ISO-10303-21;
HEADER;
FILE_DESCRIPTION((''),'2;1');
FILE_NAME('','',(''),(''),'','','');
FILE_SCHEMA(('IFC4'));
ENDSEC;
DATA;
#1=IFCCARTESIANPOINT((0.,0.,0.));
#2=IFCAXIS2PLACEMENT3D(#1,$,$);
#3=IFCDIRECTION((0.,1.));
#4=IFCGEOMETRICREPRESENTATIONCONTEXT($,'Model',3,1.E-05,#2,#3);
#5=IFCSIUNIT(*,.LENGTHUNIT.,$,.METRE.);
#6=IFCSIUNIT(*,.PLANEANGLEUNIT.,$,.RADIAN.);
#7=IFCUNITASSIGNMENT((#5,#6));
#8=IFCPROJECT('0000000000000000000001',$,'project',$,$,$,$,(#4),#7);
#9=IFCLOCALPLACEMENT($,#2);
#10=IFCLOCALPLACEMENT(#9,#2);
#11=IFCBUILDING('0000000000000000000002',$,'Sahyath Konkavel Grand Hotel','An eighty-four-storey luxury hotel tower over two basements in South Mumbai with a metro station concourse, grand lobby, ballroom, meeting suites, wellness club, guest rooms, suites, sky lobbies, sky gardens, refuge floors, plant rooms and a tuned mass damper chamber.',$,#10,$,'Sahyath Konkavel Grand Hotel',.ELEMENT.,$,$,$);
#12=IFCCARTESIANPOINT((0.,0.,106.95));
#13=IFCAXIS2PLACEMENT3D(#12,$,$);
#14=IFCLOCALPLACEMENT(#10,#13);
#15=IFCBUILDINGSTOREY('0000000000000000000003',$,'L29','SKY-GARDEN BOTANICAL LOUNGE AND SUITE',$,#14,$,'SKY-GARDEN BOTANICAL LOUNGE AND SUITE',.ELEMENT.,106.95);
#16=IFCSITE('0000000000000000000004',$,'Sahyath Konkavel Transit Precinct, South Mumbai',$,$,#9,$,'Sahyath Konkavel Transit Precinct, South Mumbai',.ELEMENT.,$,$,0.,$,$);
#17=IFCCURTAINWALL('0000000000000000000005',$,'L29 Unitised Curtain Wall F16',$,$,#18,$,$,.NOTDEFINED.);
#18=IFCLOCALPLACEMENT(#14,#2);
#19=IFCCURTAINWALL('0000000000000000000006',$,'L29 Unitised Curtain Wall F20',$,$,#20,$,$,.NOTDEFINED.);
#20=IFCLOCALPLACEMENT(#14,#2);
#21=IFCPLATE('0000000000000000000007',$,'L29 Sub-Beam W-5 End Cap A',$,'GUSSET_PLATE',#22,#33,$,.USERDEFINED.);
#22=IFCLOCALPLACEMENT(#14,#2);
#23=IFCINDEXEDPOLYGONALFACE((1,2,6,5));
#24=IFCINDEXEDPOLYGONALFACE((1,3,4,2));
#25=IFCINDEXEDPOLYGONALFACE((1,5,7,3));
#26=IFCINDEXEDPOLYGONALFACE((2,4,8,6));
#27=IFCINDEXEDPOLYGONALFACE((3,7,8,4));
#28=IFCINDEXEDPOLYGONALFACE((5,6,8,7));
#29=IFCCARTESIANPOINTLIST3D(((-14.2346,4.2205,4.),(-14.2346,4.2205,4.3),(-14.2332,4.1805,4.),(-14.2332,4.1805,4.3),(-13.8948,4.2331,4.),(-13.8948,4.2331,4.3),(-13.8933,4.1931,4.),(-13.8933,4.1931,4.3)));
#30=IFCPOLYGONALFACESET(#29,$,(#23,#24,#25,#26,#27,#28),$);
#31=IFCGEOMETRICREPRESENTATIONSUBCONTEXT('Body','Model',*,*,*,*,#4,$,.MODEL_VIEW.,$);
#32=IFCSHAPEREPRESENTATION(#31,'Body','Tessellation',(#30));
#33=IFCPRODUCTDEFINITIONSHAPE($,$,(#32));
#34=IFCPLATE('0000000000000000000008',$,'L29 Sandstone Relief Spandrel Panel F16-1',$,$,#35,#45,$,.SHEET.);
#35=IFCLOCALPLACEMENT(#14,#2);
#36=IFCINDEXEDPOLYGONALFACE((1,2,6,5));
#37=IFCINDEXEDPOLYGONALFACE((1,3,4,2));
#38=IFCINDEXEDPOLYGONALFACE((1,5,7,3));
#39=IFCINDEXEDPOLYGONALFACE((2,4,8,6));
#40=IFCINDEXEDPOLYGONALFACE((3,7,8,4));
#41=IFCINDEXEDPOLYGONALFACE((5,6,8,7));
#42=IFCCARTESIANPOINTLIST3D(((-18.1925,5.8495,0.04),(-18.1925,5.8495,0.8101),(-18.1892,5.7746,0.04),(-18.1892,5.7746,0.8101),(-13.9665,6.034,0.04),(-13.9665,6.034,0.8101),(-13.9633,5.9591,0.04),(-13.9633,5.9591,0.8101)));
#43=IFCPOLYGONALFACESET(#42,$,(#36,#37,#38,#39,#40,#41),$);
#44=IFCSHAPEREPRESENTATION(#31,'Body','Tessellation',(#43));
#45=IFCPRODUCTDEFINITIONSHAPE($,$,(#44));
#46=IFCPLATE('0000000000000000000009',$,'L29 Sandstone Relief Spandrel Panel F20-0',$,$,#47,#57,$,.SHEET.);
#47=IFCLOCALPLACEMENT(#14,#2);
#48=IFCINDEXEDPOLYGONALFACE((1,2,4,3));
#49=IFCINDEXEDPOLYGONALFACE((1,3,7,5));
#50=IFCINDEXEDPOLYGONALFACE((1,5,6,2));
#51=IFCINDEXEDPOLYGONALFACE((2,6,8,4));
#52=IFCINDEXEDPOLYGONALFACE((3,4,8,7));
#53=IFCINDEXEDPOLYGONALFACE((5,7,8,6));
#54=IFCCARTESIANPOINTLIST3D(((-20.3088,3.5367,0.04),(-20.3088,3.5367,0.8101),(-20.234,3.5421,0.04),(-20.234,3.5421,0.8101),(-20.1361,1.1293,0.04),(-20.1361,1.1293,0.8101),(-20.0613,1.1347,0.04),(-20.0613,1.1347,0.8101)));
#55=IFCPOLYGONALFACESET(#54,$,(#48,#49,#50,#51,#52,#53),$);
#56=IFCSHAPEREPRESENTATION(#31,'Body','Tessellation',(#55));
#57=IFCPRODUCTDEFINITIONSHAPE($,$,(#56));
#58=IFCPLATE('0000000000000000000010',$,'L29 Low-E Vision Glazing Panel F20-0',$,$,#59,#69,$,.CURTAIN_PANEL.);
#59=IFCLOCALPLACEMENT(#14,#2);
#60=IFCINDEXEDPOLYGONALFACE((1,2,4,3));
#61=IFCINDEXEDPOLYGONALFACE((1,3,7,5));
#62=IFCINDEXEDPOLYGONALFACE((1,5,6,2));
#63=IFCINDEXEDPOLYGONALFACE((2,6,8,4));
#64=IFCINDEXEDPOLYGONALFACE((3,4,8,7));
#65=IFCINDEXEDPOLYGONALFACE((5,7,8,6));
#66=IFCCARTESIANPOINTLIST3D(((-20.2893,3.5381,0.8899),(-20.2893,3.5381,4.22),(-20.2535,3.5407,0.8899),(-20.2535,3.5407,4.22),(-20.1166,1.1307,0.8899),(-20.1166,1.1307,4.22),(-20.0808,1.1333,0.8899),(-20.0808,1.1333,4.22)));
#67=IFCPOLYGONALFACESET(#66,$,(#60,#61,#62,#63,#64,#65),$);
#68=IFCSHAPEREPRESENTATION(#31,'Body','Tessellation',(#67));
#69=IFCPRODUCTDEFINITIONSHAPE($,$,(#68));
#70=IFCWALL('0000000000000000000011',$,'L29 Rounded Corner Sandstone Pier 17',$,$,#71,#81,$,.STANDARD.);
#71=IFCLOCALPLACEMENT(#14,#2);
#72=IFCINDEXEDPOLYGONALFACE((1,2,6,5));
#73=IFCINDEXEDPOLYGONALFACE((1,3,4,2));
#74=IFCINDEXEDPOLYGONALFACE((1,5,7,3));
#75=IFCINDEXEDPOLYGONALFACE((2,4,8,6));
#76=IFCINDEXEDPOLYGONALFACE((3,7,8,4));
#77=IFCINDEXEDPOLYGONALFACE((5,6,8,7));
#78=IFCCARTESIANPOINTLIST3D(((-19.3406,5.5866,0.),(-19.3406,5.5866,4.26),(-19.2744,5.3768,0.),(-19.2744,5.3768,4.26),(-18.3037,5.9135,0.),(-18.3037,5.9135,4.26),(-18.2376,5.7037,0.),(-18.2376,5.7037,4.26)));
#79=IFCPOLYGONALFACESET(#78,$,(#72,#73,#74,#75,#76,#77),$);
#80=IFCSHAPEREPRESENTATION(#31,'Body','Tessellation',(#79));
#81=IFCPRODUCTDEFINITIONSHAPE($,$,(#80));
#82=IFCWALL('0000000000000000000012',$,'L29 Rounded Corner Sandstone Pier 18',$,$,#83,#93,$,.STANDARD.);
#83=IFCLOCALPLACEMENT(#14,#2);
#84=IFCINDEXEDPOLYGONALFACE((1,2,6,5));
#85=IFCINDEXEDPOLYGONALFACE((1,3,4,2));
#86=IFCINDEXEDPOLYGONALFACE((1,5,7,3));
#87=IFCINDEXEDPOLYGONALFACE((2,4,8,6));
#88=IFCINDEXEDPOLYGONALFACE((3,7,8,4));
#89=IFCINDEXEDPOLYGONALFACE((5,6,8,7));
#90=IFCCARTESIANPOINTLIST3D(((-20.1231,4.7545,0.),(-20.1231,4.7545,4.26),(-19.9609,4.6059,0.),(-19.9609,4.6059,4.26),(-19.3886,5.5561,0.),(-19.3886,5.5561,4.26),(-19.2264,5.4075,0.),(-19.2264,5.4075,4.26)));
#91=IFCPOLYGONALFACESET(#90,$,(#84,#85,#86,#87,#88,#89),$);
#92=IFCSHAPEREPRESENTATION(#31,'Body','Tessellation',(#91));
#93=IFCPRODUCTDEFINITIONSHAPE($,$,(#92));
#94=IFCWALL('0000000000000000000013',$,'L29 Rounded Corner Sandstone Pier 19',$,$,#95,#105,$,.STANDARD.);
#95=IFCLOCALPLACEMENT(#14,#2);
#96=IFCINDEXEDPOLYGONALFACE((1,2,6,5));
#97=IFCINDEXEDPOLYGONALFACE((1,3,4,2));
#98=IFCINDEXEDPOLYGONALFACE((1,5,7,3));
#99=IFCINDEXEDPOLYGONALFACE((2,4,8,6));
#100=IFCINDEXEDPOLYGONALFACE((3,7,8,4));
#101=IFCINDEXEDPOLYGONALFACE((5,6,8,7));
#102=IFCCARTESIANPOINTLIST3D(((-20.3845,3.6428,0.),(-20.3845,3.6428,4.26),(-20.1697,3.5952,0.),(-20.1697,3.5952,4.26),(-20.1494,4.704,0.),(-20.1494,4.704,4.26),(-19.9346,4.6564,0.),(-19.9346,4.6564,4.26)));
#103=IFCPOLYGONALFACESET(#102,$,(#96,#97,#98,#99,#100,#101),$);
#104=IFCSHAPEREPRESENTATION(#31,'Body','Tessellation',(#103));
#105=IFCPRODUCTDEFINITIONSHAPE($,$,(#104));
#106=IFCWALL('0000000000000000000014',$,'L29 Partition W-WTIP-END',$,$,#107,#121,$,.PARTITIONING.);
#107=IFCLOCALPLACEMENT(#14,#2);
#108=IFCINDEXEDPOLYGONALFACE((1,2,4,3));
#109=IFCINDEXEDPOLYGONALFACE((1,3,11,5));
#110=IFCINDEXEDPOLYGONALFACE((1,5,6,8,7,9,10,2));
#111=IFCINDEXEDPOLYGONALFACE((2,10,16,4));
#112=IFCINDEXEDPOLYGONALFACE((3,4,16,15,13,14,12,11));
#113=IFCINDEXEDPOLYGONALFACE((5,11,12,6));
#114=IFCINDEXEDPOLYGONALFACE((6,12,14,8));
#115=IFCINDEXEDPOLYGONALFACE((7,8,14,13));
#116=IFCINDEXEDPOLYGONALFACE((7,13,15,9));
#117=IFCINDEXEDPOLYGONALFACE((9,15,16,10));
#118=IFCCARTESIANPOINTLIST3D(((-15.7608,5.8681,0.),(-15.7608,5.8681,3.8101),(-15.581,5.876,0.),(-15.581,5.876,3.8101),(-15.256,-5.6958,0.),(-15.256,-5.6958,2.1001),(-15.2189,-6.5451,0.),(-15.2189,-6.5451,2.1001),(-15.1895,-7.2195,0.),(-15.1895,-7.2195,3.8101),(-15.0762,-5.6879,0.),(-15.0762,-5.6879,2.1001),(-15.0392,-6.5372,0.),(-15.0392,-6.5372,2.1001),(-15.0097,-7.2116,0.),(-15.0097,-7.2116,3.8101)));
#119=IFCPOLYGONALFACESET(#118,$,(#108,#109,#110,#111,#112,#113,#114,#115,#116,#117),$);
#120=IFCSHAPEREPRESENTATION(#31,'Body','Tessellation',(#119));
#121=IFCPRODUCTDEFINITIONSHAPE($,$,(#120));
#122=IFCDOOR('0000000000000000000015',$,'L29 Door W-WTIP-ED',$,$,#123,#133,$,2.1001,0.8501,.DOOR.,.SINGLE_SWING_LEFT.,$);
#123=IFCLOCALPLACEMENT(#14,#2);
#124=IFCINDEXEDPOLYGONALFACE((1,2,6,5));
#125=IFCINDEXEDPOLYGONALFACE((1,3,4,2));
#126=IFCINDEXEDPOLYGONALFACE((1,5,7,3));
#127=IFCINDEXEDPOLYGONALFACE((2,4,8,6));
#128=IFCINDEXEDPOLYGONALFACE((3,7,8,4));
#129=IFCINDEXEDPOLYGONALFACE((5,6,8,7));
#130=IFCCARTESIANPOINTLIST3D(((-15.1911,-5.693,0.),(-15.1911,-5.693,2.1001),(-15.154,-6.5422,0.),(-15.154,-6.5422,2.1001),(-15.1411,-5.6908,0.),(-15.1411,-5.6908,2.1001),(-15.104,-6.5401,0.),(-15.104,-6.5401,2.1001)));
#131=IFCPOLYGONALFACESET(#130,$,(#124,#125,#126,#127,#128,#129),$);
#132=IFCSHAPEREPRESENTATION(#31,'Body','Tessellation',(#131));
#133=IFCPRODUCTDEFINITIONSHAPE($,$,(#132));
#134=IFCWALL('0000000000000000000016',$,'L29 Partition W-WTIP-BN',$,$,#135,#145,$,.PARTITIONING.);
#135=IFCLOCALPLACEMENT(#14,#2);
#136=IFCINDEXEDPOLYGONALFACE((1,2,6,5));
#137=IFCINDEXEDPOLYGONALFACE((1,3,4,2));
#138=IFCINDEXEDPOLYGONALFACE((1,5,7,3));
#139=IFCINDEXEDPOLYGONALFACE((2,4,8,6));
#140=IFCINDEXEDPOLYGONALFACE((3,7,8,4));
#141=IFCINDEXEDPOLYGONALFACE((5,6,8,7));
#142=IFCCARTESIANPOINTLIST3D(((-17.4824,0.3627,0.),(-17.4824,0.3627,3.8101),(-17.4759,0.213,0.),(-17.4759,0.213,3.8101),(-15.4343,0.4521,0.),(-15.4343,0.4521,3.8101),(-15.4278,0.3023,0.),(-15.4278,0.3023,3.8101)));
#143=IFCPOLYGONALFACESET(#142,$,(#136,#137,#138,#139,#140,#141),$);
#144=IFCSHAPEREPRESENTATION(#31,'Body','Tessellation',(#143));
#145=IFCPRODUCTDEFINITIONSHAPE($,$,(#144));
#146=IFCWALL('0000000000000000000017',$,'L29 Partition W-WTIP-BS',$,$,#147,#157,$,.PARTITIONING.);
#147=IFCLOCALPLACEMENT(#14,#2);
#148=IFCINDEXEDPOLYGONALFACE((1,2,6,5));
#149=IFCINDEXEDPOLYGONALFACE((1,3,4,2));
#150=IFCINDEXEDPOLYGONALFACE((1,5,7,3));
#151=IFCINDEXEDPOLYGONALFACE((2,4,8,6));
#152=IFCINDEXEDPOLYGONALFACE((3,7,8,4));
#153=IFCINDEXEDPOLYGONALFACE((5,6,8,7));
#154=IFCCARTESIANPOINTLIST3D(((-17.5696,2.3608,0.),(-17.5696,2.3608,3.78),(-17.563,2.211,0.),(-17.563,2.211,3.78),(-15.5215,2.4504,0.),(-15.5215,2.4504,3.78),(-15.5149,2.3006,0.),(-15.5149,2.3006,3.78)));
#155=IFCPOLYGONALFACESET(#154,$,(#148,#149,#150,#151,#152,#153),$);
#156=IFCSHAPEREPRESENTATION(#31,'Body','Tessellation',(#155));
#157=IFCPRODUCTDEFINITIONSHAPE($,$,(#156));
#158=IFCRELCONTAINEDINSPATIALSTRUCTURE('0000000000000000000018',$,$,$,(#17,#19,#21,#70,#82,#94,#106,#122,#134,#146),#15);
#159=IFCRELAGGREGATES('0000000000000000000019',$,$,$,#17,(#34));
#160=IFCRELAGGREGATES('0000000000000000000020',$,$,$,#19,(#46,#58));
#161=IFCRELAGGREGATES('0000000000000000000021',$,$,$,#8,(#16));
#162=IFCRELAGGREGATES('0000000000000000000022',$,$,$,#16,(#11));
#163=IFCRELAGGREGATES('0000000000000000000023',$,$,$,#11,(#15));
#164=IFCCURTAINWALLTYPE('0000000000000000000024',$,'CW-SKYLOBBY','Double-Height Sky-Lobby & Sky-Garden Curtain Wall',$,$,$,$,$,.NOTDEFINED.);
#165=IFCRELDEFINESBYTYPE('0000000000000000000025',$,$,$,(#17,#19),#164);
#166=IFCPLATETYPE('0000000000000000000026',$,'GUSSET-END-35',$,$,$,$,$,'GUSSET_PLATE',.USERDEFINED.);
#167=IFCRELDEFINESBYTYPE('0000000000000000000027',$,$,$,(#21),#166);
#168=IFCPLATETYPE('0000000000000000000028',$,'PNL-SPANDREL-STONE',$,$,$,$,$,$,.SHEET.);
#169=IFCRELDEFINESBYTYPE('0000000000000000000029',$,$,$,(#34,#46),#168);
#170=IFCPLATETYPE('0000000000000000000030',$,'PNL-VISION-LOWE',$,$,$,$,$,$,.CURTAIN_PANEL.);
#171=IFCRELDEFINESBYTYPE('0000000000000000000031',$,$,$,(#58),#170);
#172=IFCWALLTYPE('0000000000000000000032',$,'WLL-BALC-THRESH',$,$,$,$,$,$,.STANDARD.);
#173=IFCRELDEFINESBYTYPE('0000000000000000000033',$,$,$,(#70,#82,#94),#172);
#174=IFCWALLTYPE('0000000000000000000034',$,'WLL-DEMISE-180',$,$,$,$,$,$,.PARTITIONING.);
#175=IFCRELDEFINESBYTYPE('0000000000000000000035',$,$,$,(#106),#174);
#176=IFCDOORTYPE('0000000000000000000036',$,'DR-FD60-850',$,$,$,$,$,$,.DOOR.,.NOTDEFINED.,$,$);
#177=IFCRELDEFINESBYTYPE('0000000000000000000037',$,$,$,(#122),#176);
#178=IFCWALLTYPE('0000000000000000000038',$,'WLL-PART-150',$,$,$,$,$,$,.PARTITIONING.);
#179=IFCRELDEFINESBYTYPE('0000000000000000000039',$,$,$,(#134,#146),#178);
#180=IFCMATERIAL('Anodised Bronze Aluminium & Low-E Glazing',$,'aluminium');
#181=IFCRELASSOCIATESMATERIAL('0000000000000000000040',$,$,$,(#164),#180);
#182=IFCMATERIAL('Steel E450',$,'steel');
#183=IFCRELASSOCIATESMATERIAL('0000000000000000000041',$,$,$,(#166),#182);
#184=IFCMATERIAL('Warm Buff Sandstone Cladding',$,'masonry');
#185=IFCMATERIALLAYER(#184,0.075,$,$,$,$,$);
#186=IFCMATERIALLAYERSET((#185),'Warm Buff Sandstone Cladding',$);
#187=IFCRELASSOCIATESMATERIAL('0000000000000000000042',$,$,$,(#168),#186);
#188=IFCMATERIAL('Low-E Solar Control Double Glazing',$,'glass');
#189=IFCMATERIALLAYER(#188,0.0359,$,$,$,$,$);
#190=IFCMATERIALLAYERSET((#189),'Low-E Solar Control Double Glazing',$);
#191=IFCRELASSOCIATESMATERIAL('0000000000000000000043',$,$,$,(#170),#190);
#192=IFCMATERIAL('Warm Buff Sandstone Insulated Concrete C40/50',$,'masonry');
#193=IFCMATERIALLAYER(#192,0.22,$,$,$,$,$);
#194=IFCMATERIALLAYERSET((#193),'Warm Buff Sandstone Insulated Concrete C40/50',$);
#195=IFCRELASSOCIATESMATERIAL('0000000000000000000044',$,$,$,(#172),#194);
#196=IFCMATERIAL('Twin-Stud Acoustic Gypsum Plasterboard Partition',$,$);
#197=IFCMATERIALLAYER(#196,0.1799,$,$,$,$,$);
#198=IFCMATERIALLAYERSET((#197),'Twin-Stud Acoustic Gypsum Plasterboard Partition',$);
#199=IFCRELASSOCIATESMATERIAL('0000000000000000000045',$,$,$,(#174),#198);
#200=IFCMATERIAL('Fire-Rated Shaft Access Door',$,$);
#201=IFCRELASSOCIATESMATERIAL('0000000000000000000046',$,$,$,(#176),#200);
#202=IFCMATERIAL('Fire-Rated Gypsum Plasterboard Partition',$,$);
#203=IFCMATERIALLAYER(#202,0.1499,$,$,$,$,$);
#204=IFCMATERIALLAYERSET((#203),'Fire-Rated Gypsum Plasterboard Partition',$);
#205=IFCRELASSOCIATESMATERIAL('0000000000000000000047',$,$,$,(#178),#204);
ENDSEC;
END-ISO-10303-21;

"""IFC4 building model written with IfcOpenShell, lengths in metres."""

from ifc_helpers import new_model, si_unit, direction, frame, frame_2d, origin, origin_2d, place, context, subcontext, project, spatial, rectangle, extrude, source, transform, mapped, material, layer, layer_set, type_object, element, fill, aggregate, save


model = new_model("IFC4")

# Units and contexts
model_context = context("Model", 3, precision=1e-05, world=origin(), true_north=direction((0.0, 1.0)))
body_context = subcontext(model_context, "Body", "Model", "MODEL_VIEW")
ifc_project = project(units=[si_unit("LENGTHUNIT", "METRE"), si_unit("PLANEANGLEUNIT", "RADIAN")], contexts=[model_context])

# Site, building, storey
site_placement = place(None, origin())
site = spatial("IfcSite", under=ifc_project, at=site_placement, Name="Sahyath Konkavel Transit Precinct, South Mumbai", LongName="Sahyath Konkavel Transit Precinct, South Mumbai", CompositionType="ELEMENT", RefElevation=0.0)
building_placement = place(site_placement, origin())
building = spatial("IfcBuilding", under=site, at=building_placement, Name="Sahyath Konkavel Grand Hotel", Description="An eighty-four-storey luxury hotel tower over two basements in South Mumbai with a metro station concourse, grand lobby, ballroom, meeting suites, wellness club, guest rooms, suites, sky lobbies, sky gardens, refuge floors, plant rooms and a tuned mass damper chamber.", LongName="Sahyath Konkavel Grand Hotel", CompositionType="ELEMENT")
storey_placement = place(building_placement, frame((0.0, 0.0, 106.95)))
storey = spatial("IfcBuildingStorey", under=building, at=storey_placement, Name="L29", Description="SKY-GARDEN BOTANICAL LOUNGE AND SUITE", LongName="SKY-GARDEN BOTANICAL LOUNGE AND SUITE", CompositionType="ELEMENT", Elevation=106.95)

# Curtain wall
ifc_material_1 = material(Name="Anodised Bronze Aluminium & Low-E Glazing", Category="aluminium")
curtain_wall_type = type_object("IfcCurtainWallType", Name="CW-SKYLOBBY", Description="Double-Height Sky-Lobby & Sky-Garden Curtain Wall", PredefinedType="NOTDEFINED", material=ifc_material_1)
curtain_wall_1_placement = place(storey_placement, origin())
curtain_wall_1 = element("IfcCurtainWall", 1, at=curtain_wall_1_placement, inside=storey, type_object=curtain_wall_type, Name="L29 Unitised Curtain Wall F16", PredefinedType="NOTDEFINED")

# Curtain wall
curtain_wall_2_placement = place(storey_placement, origin())
curtain_wall_2 = element("IfcCurtainWall", 2, at=curtain_wall_2_placement, inside=storey, type_object=curtain_wall_type, Name="L29 Unitised Curtain Wall F20", PredefinedType="NOTDEFINED")

# Plates
ifc_material_2 = material(Name="Steel E450", Category="steel")
plate_type_1 = type_object("IfcPlateType", Name="GUSSET-END-35", ElementType="GUSSET_PLATE", PredefinedType="USERDEFINED", material=ifc_material_2)
shared_shape_1 = source(origin(), body_context, "Body", "SweptSolid", [
    extrude(rectangle(XDim=0.04, YDim=0.3401, at=origin_2d()), origin(), (0.0, 0.0, 1.0), 0.3),
])
plate_1_placement = place(storey_placement, frame((-14.064, 4.2068, 4.0), z_axis=(0.0, 0.0, 1.0), x_axis=(0.03701, -0.999315, 0.0)))
element("IfcPlate", 3, at=plate_1_placement, inside=storey, type_object=plate_type_1, Name="L29 Sub-Beam W-5 End Cap A", ObjectType="GUSSET_PLATE", PredefinedType="USERDEFINED", context=body_context, shape_type="MappedRepresentation", body=[
    mapped(shared_shape_1, transform((0.0, 0.0, 0.0), scale=1.0)),
])
ifc_material_3 = material(Name="Warm Buff Sandstone Cladding", Category="masonry")
ifc_layer_1 = layer(ifc_material_3, 0.075)
ifc_layer_set_1 = layer_set([ifc_layer_1], Name="Warm Buff Sandstone Cladding")
plate_type_2 = type_object("IfcPlateType", Name="PNL-SPANDREL-STONE", PredefinedType="SHEET", material=ifc_layer_set_1)
shared_shape_2 = source(origin(), body_context, "Body", "SweptSolid", [
    extrude(rectangle(XDim=4.23, YDim=0.075, at=origin_2d()), origin(), (0.0, 0.0, 1.0), 0.77),
])
plate_2_placement = place(storey_placement, frame((-16.0779, 5.9043, 0.04), z_axis=(0.0, 0.0, 1.0), x_axis=(-0.999049, -0.043602, 0.0)))
plate_2 = element("IfcPlate", 4, at=plate_2_placement, type_object=plate_type_2, Name="L29 Sandstone Relief Spandrel Panel F16-1", PredefinedType="SHEET", context=body_context, shape_type="MappedRepresentation", body=[
    mapped(shared_shape_2, transform((0.0, 0.0, 0.0), scale=1.0)),
])
aggregate(curtain_wall_1, [plate_2])
shared_shape_3 = source(origin(), body_context, "Body", "SweptSolid", [
    extrude(rectangle(XDim=2.4136, YDim=0.075, at=origin_2d()), origin(), (0.0, 0.0, 1.0), 0.77),
])
plate_3_placement = place(storey_placement, frame((-20.1851, 2.3357, 0.04), z_axis=(0.0, 0.0, 1.0), x_axis=(0.071567, -0.997436, 0.0)))
plate_3 = element("IfcPlate", 5, at=plate_3_placement, type_object=plate_type_2, Name="L29 Sandstone Relief Spandrel Panel F20-0", PredefinedType="SHEET", context=body_context, shape_type="MappedRepresentation", body=[
    mapped(shared_shape_3, transform((0.0, 0.0, 0.0), scale=1.0)),
])
ifc_material_4 = material(Name="Low-E Solar Control Double Glazing", Category="glass")
ifc_layer_2 = layer(ifc_material_4, 0.0359)
ifc_layer_set_2 = layer_set([ifc_layer_2], Name="Low-E Solar Control Double Glazing")
plate_type_3 = type_object("IfcPlateType", Name="PNL-VISION-LOWE", PredefinedType="CURTAIN_PANEL", material=ifc_layer_set_2)
shared_shape_4 = source(origin(), body_context, "Body", "SweptSolid", [
    extrude(rectangle(XDim=2.4136, YDim=0.0359, at=origin_2d()), origin(), (0.0, 0.0, 1.0), 3.3301),
])
plate_4_placement = place(storey_placement, frame((-20.1851, 2.3357, 0.8899), z_axis=(0.0, 0.0, 1.0), x_axis=(0.071567, -0.997436, 0.0)))
plate_4 = element("IfcPlate", 6, at=plate_4_placement, type_object=plate_type_3, Name="L29 Low-E Vision Glazing Panel F20-0", PredefinedType="CURTAIN_PANEL", context=body_context, shape_type="MappedRepresentation", body=[
    mapped(shared_shape_4, transform((0.0, 0.0, 0.0), scale=1.0)),
])
aggregate(curtain_wall_2, [plate_3, plate_4])

# Walls
ifc_material_5 = material(Name="Warm Buff Sandstone Insulated Concrete C40/50", Category="masonry")
ifc_layer_3 = layer(ifc_material_5, 0.22)
ifc_layer_set_3 = layer_set([ifc_layer_3], Name="Warm Buff Sandstone Insulated Concrete C40/50")
wall_type_1 = type_object("IfcWallType", Name="WLL-BALC-THRESH", PredefinedType="STANDARD", material=ifc_layer_set_3)
for number, where, z_axis, x_axis, name in (
    (7, (-18.2708, 5.8086, 0.0), (0.0, 0.0, 1.0), (-0.953722, -0.300691, 0.0), "L29 Rounded Corner Sandstone Pier 17"),
    (8, (-19.3076, 5.4817, 0.0), (0.0, 0.0, 1.0), (-0.675552, -0.737313, 0.0), "L29 Rounded Corner Sandstone Pier 18"),
):
    element("IfcWall", number, at=place(storey_placement, frame(where, z_axis=z_axis, x_axis=x_axis)), inside=storey, type_object=wall_type_1, Name=name, PredefinedType="STANDARD", context=body_context, shape_type="SweptSolid", body=[
        extrude(rectangle(XDim=1.0872, YDim=0.22, at=frame_2d((0.5435, 0.0))), origin(), (0.0, 0.0, 1.0), 4.26),
    ])
wall_1_placement = place(storey_placement, frame((-20.042, 4.6802, 0.0), z_axis=(0.0, 0.0, 1.0), x_axis=(-0.216288, -0.97633, 0.0)))
element("IfcWall", 9, at=wall_1_placement, inside=storey, type_object=wall_type_1, Name="L29 Rounded Corner Sandstone Pier 19", PredefinedType="STANDARD", context=body_context, shape_type="SweptSolid", body=[
    extrude(rectangle(XDim=1.0869, YDim=0.22, at=frame_2d((0.5435, 0.0))), origin(), (0.0, 0.0, 1.0), 4.26),
])

# Wall, opening, door
ifc_material_6 = material(Name="Twin-Stud Acoustic Gypsum Plasterboard Partition")
ifc_layer_4 = layer(ifc_material_6, 0.1799)
ifc_layer_set_4 = layer_set([ifc_layer_4], Name="Twin-Stud Acoustic Gypsum Plasterboard Partition")
wall_type_2 = type_object("IfcWallType", Name="WLL-DEMISE-180", PredefinedType="PARTITIONING", material=ifc_layer_set_4)
wall_2_placement = place(storey_placement, frame((-15.6709, 5.8721, 0.0), z_axis=(0.0, 0.0, 1.0), x_axis=(0.043609, -0.999049, 0.0)))
wall_2 = element("IfcWall", 10, at=wall_2_placement, inside=storey, type_object=wall_type_2, Name="L29 Partition W-WTIP-END", PredefinedType="PARTITIONING", context=body_context, shape_type="SweptSolid", body=[
    extrude(rectangle(XDim=13.1001, YDim=0.1799, at=frame_2d((6.55, 0.0))), origin(), (0.0, 0.0, 1.0), 3.8101),
])
opening_1_placement = place(wall_2_placement, frame((11.575, 0.0, 0.0)))
opening_1 = element("IfcOpeningElement", 11, at=opening_1_placement, cuts=wall_2, PredefinedType="OPENING", context=body_context, shape_type="SweptSolid", body=[
    extrude(rectangle(XDim=0.8501, YDim=2.1001, at=frame_2d((0.425, 1.05))), frame((0.0, 0.1001, 0.0), z_axis=(0.0, -1.0, 0.0), x_axis=(1.0, 0.0, 0.0)), (0.0, 0.0, 1.0), 0.2),
])
ifc_material_7 = material(Name="Fire-Rated Shaft Access Door")
door_type_1 = type_object("IfcDoorType", Name="DR-FD60-850", OperationType="NOTDEFINED", PredefinedType="DOOR", material=ifc_material_7)
shared_shape_5 = source(origin(), body_context, "Body", "SweptSolid", [
    extrude(rectangle(XDim=0.8501, YDim=0.05, at=origin_2d()), origin(), (0.0, 0.0, 1.0), 2.1001),
])
door_1_placement = place(opening_1_placement, frame((0.425, 0.0, 0.0)))
door_1 = element("IfcDoor", 12, at=door_1_placement, inside=storey, type_object=door_type_1, Name="L29 Door W-WTIP-ED", OperationType="SINGLE_SWING_LEFT", OverallHeight=2.1001, OverallWidth=0.8501, PredefinedType="DOOR", context=body_context, shape_type="MappedRepresentation", body=[
    mapped(shared_shape_5, transform((0.0, 0.0, 0.0), scale=1.0)),
])
fill(opening_1, door_1)

# Walls
ifc_material_8 = material(Name="Fire-Rated Gypsum Plasterboard Partition")
ifc_layer_5 = layer(ifc_material_8, 0.1499)
ifc_layer_set_5 = layer_set([ifc_layer_5], Name="Fire-Rated Gypsum Plasterboard Partition")
wall_type_3 = type_object("IfcWallType", Name="WLL-PART-150", PredefinedType="PARTITIONING", material=ifc_layer_set_5)
wall_3_placement = place(storey_placement, frame((-15.4312, 0.3772, 0.0), z_axis=(0.0, 0.0, 1.0), x_axis=(-0.99905, -0.043587, 0.0)))
element("IfcWall", 13, at=wall_3_placement, inside=storey, type_object=wall_type_3, Name="L29 Partition W-WTIP-BN", PredefinedType="PARTITIONING", context=body_context, shape_type="SweptSolid", body=[
    extrude(rectangle(XDim=2.05, YDim=0.1499, at=frame_2d((1.0249, 0.0))), origin(), (0.0, 0.0, 1.0), 3.8101),
])
wall_4_placement = place(storey_placement, frame((-15.5183, 2.3755, 0.0), z_axis=(0.0, 0.0, 1.0), x_axis=(-0.999044, -0.043706, 0.0)))
element("IfcWall", 14, at=wall_4_placement, inside=storey, type_object=wall_type_3, Name="L29 Partition W-WTIP-BS", PredefinedType="PARTITIONING", context=body_context, shape_type="SweptSolid", body=[
    extrude(rectangle(XDim=2.05, YDim=0.1499, at=frame_2d((1.0249, 0.0))), origin(), (0.0, 0.0, 1.0), 3.78),
])

save(model, "model.ifc")
